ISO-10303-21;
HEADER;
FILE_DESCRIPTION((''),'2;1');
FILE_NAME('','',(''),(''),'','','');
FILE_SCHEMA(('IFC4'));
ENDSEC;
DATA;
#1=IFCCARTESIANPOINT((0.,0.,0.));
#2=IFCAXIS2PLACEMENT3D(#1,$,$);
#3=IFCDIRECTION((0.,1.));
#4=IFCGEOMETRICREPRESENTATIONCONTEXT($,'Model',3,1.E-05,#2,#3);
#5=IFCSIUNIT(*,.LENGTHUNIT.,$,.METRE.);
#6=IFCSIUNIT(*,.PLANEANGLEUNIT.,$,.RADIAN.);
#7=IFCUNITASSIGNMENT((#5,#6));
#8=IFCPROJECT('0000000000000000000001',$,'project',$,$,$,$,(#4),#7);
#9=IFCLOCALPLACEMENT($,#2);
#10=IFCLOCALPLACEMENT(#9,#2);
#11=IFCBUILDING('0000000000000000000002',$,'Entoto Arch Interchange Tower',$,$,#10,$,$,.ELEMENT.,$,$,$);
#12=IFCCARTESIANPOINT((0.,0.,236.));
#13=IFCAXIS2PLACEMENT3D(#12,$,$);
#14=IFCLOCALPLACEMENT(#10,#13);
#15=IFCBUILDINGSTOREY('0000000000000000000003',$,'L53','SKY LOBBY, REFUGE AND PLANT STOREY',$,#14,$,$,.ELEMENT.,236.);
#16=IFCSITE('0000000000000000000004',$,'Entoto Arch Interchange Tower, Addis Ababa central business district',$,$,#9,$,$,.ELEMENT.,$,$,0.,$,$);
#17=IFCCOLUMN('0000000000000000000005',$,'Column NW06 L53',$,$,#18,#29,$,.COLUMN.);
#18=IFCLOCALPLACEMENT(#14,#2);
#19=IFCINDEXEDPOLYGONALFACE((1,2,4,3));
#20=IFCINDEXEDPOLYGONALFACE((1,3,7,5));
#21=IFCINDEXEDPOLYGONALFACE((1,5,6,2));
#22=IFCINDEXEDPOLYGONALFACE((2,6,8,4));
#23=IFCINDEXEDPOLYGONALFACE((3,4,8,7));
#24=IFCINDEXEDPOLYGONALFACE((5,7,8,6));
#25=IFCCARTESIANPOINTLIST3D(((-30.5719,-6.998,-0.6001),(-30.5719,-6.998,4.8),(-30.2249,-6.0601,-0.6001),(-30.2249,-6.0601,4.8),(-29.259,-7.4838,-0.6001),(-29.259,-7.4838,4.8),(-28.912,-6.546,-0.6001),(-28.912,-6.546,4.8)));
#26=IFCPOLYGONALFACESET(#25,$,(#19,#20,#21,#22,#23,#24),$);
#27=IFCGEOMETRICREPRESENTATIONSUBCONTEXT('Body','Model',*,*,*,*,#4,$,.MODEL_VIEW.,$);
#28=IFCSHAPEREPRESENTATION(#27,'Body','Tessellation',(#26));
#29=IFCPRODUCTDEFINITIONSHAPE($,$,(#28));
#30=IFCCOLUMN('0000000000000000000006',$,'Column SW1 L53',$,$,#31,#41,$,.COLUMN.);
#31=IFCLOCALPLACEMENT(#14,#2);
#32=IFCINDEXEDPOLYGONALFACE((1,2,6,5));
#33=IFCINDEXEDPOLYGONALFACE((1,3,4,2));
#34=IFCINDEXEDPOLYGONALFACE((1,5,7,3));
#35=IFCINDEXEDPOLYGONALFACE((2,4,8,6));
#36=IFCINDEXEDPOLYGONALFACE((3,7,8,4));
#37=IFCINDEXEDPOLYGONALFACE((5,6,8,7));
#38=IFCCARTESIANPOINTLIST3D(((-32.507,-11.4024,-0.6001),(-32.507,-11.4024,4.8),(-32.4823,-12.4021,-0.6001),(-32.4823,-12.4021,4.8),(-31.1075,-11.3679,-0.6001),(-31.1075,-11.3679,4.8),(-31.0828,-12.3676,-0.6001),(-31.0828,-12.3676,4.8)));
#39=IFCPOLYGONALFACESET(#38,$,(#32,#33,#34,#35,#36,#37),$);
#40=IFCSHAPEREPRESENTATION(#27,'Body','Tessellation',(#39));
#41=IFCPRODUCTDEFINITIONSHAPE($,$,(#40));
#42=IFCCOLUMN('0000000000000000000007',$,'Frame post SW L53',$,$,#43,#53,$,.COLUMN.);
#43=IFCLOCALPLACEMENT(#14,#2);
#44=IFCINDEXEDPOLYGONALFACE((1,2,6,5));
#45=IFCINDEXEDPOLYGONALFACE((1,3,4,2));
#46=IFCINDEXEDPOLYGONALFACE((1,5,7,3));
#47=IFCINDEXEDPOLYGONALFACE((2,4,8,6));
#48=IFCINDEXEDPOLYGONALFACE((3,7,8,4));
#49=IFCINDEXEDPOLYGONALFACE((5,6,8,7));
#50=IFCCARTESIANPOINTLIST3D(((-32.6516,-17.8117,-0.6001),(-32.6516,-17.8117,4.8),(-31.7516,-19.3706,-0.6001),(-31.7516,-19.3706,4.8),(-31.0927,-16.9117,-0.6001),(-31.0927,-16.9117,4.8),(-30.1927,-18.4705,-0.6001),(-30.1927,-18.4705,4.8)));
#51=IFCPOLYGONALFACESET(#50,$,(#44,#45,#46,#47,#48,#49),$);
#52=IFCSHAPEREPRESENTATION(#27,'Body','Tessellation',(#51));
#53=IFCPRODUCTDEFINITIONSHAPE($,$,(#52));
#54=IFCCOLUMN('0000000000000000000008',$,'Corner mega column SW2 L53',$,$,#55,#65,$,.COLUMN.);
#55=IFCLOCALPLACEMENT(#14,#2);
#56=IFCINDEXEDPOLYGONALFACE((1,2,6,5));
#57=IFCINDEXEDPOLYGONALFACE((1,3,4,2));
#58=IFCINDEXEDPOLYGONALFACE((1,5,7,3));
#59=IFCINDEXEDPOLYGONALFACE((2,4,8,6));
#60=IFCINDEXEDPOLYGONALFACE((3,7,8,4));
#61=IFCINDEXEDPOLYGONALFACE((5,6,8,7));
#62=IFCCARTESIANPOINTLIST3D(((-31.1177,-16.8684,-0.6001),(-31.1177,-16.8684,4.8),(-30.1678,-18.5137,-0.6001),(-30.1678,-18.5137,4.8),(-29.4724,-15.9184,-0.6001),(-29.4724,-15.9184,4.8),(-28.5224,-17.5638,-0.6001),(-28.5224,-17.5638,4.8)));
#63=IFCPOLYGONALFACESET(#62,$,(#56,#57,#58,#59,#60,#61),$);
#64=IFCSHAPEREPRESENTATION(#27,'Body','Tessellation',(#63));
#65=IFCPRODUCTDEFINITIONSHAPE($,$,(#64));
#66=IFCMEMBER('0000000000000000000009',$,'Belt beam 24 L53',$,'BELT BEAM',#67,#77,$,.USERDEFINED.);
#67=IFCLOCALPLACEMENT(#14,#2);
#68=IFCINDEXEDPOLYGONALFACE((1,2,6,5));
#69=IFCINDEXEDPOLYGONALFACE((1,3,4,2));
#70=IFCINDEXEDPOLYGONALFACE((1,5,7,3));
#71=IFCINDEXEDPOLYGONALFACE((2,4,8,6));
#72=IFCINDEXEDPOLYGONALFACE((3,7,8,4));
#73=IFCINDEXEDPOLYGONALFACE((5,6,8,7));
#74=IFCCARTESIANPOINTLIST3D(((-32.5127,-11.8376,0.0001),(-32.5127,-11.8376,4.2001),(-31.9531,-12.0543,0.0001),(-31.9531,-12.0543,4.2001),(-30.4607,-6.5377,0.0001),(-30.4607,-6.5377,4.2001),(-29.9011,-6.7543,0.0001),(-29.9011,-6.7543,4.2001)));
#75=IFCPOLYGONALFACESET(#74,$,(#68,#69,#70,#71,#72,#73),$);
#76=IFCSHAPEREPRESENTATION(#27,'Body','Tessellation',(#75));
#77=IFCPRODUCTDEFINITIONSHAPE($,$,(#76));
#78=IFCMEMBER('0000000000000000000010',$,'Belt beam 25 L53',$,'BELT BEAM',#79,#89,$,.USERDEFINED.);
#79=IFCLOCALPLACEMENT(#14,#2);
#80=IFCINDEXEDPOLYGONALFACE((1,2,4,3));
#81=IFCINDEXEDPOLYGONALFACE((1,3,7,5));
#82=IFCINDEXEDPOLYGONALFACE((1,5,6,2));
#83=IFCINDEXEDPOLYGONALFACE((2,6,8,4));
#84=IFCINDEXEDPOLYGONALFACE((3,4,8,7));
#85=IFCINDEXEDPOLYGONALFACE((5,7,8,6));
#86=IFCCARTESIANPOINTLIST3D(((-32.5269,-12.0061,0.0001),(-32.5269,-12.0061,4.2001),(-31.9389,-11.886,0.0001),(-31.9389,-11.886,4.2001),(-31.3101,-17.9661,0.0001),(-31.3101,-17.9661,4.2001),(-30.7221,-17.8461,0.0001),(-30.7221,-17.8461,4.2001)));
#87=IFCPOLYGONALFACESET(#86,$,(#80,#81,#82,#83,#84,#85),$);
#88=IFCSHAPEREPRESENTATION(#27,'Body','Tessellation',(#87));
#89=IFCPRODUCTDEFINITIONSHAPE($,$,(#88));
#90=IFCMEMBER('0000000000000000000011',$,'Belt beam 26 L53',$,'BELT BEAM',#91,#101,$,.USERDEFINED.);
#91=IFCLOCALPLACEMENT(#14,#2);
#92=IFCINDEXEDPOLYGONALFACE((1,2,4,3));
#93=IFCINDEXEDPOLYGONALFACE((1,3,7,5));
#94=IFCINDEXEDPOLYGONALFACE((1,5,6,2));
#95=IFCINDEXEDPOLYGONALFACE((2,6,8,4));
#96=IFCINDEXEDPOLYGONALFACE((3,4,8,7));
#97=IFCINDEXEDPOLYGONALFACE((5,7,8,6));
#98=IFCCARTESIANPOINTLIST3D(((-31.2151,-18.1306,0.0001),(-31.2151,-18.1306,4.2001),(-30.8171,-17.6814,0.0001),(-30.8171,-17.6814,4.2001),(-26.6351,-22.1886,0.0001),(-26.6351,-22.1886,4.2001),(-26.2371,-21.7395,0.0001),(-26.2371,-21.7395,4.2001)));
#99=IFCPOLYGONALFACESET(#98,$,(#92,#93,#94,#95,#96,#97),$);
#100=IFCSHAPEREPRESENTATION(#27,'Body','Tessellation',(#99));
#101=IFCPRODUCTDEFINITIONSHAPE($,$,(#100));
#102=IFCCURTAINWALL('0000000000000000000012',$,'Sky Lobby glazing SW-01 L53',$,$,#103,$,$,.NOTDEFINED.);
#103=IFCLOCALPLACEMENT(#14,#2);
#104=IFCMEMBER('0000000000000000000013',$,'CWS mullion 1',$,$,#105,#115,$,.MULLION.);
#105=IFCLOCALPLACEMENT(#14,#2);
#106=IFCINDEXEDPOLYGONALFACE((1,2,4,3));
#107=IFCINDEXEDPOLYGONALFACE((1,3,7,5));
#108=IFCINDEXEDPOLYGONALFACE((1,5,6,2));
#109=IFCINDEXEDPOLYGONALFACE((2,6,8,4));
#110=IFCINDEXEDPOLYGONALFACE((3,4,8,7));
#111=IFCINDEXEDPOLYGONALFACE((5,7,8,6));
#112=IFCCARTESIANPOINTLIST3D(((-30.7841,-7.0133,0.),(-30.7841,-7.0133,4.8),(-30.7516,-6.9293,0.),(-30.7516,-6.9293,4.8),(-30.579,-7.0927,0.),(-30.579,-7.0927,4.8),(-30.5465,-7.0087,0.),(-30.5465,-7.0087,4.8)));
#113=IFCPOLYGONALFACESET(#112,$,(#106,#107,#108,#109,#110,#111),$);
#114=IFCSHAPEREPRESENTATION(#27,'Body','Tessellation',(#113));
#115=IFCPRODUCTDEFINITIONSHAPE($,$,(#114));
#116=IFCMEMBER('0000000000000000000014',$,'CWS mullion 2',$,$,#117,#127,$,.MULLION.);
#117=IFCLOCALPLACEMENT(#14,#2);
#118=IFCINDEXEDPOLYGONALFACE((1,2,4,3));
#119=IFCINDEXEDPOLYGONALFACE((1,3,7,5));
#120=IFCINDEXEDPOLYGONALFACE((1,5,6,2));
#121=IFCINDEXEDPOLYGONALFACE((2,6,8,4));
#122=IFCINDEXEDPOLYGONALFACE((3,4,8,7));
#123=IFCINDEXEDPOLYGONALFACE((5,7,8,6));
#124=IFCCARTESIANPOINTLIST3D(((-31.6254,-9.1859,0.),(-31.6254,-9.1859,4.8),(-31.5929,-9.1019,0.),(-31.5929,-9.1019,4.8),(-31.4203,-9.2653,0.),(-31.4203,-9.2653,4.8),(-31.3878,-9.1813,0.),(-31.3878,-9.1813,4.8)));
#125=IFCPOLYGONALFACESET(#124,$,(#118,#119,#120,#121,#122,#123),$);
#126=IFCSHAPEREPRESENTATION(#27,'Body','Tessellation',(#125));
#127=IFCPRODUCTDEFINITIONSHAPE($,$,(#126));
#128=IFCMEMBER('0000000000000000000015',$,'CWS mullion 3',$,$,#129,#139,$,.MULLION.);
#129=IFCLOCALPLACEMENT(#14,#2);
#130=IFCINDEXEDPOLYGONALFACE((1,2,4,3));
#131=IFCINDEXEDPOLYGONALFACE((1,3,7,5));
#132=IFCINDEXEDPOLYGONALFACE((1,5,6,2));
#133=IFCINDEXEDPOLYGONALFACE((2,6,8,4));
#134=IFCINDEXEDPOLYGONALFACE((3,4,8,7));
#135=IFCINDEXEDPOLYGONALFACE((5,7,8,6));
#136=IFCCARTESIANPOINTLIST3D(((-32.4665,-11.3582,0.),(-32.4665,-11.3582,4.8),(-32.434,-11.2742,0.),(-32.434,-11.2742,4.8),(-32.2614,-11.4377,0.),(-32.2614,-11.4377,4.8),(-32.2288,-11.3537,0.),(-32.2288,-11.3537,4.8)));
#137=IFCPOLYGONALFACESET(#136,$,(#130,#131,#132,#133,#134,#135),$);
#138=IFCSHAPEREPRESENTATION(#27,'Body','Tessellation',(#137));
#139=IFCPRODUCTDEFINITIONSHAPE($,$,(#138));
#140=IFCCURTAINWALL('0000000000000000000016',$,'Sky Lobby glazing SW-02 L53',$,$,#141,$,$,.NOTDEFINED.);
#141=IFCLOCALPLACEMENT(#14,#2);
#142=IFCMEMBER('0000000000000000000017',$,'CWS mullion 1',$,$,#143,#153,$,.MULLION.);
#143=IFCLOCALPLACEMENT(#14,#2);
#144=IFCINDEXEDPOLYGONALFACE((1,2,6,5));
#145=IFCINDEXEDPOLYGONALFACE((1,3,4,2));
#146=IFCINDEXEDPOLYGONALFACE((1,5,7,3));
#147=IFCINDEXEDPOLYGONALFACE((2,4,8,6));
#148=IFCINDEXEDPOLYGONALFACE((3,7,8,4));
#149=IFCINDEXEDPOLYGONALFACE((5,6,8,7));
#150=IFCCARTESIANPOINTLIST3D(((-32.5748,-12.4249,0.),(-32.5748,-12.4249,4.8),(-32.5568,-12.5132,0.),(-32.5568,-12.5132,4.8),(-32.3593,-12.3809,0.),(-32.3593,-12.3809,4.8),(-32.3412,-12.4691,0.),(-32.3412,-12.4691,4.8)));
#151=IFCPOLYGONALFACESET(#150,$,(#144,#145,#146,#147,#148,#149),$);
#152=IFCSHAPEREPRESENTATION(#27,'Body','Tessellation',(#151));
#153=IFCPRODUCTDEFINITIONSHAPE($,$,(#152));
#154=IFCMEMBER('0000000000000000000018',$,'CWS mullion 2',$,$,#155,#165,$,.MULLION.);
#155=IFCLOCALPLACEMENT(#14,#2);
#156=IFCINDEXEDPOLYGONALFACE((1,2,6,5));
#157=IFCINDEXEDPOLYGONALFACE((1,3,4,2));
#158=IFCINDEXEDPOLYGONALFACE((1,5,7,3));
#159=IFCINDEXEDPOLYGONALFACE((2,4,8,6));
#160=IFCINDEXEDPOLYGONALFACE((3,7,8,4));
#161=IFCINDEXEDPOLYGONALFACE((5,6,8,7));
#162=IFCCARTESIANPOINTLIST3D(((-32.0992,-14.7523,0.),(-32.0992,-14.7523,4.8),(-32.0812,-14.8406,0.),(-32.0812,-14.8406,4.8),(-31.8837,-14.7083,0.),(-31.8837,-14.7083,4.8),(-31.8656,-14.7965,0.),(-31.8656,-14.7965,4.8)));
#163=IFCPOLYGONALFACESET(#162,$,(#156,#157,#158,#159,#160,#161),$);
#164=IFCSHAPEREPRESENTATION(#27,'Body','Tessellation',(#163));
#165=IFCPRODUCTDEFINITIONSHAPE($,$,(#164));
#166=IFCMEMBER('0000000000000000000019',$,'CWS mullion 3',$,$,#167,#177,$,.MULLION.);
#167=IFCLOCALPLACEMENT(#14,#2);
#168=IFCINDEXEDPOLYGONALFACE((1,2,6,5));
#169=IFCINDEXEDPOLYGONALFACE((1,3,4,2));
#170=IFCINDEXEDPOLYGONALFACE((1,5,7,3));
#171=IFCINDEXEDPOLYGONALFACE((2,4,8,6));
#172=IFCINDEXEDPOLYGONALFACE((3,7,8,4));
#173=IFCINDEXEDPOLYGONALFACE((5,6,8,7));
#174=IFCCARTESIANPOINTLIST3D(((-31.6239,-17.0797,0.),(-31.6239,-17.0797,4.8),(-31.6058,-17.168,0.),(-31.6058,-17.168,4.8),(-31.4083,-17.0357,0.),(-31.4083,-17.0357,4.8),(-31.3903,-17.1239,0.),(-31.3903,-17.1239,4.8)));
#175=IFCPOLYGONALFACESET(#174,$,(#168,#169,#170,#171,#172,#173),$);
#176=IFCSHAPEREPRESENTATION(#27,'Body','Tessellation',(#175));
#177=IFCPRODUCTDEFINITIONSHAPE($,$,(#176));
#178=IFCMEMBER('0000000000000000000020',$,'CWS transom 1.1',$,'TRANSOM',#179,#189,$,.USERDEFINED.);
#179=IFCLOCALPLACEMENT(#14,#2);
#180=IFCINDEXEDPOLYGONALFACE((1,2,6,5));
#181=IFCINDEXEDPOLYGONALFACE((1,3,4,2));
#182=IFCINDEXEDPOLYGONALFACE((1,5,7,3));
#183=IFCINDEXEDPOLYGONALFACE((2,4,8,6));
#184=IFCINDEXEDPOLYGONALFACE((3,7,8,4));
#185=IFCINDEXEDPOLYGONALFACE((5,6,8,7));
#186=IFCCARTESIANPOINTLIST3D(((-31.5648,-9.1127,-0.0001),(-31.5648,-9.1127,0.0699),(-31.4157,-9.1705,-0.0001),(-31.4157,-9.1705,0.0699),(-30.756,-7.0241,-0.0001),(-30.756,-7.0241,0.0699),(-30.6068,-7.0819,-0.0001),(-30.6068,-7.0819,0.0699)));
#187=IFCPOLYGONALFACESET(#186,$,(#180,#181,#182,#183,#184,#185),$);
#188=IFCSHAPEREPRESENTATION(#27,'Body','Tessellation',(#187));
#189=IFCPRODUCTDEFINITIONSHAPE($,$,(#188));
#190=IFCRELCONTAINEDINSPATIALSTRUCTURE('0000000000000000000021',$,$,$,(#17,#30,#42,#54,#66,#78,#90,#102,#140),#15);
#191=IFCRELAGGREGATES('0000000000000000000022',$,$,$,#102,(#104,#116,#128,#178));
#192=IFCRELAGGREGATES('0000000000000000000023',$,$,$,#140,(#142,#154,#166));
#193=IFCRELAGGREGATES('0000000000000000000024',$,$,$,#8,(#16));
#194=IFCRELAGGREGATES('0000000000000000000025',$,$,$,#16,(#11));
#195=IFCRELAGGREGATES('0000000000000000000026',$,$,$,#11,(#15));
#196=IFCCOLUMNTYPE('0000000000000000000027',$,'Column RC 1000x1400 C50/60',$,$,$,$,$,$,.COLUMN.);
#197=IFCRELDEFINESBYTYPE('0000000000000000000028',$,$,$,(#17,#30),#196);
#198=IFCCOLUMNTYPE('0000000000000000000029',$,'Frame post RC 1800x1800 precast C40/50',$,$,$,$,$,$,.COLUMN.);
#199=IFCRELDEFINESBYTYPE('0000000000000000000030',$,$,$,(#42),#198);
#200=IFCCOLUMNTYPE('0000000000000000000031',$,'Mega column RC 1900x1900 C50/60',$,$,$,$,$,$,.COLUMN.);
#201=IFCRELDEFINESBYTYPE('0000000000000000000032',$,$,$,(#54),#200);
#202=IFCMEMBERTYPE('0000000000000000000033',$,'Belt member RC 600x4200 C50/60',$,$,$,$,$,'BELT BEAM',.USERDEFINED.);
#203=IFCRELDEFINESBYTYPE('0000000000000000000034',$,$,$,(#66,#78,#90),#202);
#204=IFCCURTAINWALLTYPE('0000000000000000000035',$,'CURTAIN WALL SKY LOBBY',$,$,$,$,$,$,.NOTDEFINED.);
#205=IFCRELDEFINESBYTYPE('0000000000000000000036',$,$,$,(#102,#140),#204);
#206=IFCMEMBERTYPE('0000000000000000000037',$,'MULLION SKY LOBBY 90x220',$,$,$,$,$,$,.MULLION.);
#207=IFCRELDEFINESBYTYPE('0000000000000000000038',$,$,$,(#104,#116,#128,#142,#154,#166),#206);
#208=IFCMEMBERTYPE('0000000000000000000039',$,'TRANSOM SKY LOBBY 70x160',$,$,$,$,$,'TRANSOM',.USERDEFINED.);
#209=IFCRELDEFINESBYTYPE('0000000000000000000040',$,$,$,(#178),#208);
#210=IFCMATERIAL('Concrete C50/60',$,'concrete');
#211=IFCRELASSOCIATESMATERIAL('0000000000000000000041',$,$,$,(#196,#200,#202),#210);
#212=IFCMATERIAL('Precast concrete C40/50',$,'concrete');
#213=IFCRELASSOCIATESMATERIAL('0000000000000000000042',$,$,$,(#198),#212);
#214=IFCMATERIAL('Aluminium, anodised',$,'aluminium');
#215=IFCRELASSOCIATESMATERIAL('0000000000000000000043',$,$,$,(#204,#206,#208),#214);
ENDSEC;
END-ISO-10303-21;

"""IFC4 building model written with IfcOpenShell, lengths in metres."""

from ifc_helpers import new_model, si_unit, direction, frame, origin, origin_2d, place, context, subcontext, project, spatial, rectangle, extrude, material, material_profile, profile_set, type_object, element, aggregate, save


model = new_model("IFC4")

# Units and contexts
model_context = context("Model", 3, precision=1e-05, world=origin(), true_north=direction((0.0, 1.0)))
body_context = subcontext(model_context, "Body", "Model", "MODEL_VIEW")
ifc_project = project(units=[si_unit("LENGTHUNIT", "METRE"), si_unit("PLANEANGLEUNIT", "RADIAN")], contexts=[model_context])

# Site, building, storey
site_placement = place(None, origin())
site = spatial("IfcSite", under=ifc_project, at=site_placement, Name="Entoto Arch Interchange Tower, Addis Ababa central business district", CompositionType="ELEMENT", RefElevation=0.0)
building_placement = place(site_placement, origin())
building = spatial("IfcBuilding", under=site, at=building_placement, Name="Entoto Arch Interchange Tower", CompositionType="ELEMENT")
storey_placement = place(building_placement, frame((0.0, 0.0, 236.0)))
storey = spatial("IfcBuildingStorey", under=building, at=storey_placement, Name="L53", Description="SKY LOBBY, REFUGE AND PLANT STOREY", CompositionType="ELEMENT", Elevation=236.0)

# Columns
ifc_material_1 = material(Name="Concrete C50/60", Category="concrete")
ifc_material_profile_1 = material_profile(ifc_material_1, rectangle(XDim=1.0, YDim=1.3999, at=origin_2d()))
ifc_profile_set_1 = profile_set([ifc_material_profile_1], Name="Concrete C50/60")
column_type_1 = type_object("IfcColumnType", Name="Column RC 1000x1400 C50/60", PredefinedType="COLUMN", material=ifc_profile_set_1)
for number, where, z_axis, x_axis, name in (
    (1, (-29.7419, -6.772, -0.6001), (0.0, 0.0, 1.0), (0.347067, 0.93784, 0.0), "Column NW06 L53"),
    (2, (-31.7949, -11.885, -0.6001), (0.0, 0.0, 1.0), (-0.024676, 0.999695, 0.0), "Column SW1 L53"),
):
    element("IfcColumn", number, at=place(storey_placement, frame(where, z_axis=z_axis, x_axis=x_axis)), inside=storey, type_object=column_type_1, Name=name, PredefinedType="COLUMN", context=body_context, shape_type="SweptSolid", body=[
        extrude(rectangle(XDim=1.0, YDim=1.3999, at=origin_2d()), origin(), (0.0, 0.0, 1.0), 5.4001),
    ])
ifc_material_2 = material(Name="Precast concrete C40/50", Category="concrete")
ifc_material_profile_2 = material_profile(ifc_material_2, rectangle(XDim=1.8, YDim=1.8, at=origin_2d()))
ifc_profile_set_2 = profile_set([ifc_material_profile_2], Name="Precast concrete C40/50")
column_type_2 = type_object("IfcColumnType", Name="Frame post RC 1800x1800 precast C40/50", PredefinedType="COLUMN", material=ifc_profile_set_2)
column_1_placement = place(storey_placement, frame((-31.4221, -18.1411, -0.6001), z_axis=(0.0, 0.0, 1.0), x_axis=(0.866025, 0.5, 0.0)))
element("IfcColumn", 3, at=column_1_placement, inside=storey, type_object=column_type_2, Name="Frame post SW L53", PredefinedType="COLUMN", context=body_context, shape_type="SweptSolid", body=[
    extrude(rectangle(XDim=1.8, YDim=1.8, at=origin_2d()), origin(), (0.0, 0.0, 1.0), 5.4001),
])
ifc_material_profile_3 = material_profile(ifc_material_1, rectangle(XDim=1.8999, YDim=1.8999, at=origin_2d()))
ifc_profile_set_3 = profile_set([ifc_material_profile_3], Name="Concrete C50/60")
column_type_3 = type_object("IfcColumnType", Name="Mega column RC 1900x1900 C50/60", PredefinedType="COLUMN", material=ifc_profile_set_3)
column_2_placement = place(storey_placement, frame((-29.8201, -17.2161, -0.6001), z_axis=(0.0, 0.0, 1.0), x_axis=(0.866025, 0.5, 0.0)))
element("IfcColumn", 4, at=column_2_placement, inside=storey, type_object=column_type_3, Name="Corner mega column SW2 L53", PredefinedType="COLUMN", context=body_context, shape_type="SweptSolid", body=[
    extrude(rectangle(XDim=1.8999, YDim=1.8999, at=origin_2d()), origin(), (0.0, 0.0, 1.0), 5.4001),
])

# Members
ifc_material_profile_4 = material_profile(ifc_material_1, rectangle(XDim=0.6001, YDim=4.2, at=origin_2d()))
ifc_profile_set_4 = profile_set([ifc_material_profile_4], Name="Concrete C50/60")
member_type_1 = type_object("IfcMemberType", Name="Belt member RC 600x4200 C50/60", ElementType="BELT BEAM", PredefinedType="USERDEFINED", material=ifc_profile_set_4)
member_1_placement = place(storey_placement, frame((-30.1809, -6.646, 2.1001), z_axis=(-0.361051, -0.932546, 0.0), x_axis=(0.932546, -0.361051, 0.0)))
element("IfcMember", 5, at=member_1_placement, inside=storey, type_object=member_type_1, Name="Belt beam 24 L53", ObjectType="BELT BEAM", PredefinedType="USERDEFINED", context=body_context, shape_type="SweptSolid", body=[
    extrude(rectangle(XDim=0.6001, YDim=4.2, at=origin_2d()), origin(), (0.0, 0.0, 1.0), 5.6833),
])
member_2_placement = place(storey_placement, frame((-32.2329, -11.946, 2.1001), z_axis=(0.200036, -0.979789, 0.0), x_axis=(0.979789, 0.200036, 0.0)))
element("IfcMember", 6, at=member_2_placement, inside=storey, type_object=member_type_1, Name="Belt beam 25 L53", ObjectType="BELT BEAM", PredefinedType="USERDEFINED", context=body_context, shape_type="SweptSolid", body=[
    extrude(rectangle(XDim=0.6001, YDim=4.2, at=origin_2d()), origin(), (0.0, 0.0, 1.0), 6.083),
])
member_3_placement = place(storey_placement, frame((-31.0161, -17.906, 2.1001), z_axis=(0.748469, -0.663169, 0.0), x_axis=(0.663169, 0.748469, 0.0)))
element("IfcMember", 7, at=member_3_placement, inside=storey, type_object=member_type_1, Name="Belt beam 26 L53", ObjectType="BELT BEAM", PredefinedType="USERDEFINED", context=body_context, shape_type="SweptSolid", body=[
    extrude(rectangle(XDim=0.6001, YDim=4.2, at=origin_2d()), origin(), (0.0, 0.0, 1.0), 6.1191),
])

# Curtain walls, members
ifc_material_3 = material(Name="Aluminium, anodised", Category="aluminium")
curtain_wall_type = type_object("IfcCurtainWallType", Name="CURTAIN WALL SKY LOBBY", PredefinedType="NOTDEFINED", material=ifc_material_3)
curtain_wall_1_placement = place(storey_placement, origin())
curtain_wall_1 = element("IfcCurtainWall", 8, at=curtain_wall_1_placement, inside=storey, type_object=curtain_wall_type, Name="Sky Lobby glazing SW-01 L53", PredefinedType="NOTDEFINED")
ifc_material_profile_5 = material_profile(ifc_material_3, rectangle(XDim=0.22, YDim=0.0901, at=origin_2d()))
ifc_profile_set_5 = profile_set([ifc_material_profile_5], Name="Aluminium, anodised")
member_type_2 = type_object("IfcMemberType", Name="MULLION SKY LOBBY 90x220", PredefinedType="MULLION", material=ifc_profile_set_5)
member_4_placement = place(storey_placement, frame((-30.6653, -7.011, 0.0), z_axis=(0.0, 0.0, 1.0), x_axis=(0.932529, -0.361095, 0.0)))
member_4 = element("IfcMember", 9, at=member_4_placement, type_object=member_type_2, Name="CWS mullion 1", PredefinedType="MULLION", context=body_context, shape_type="SweptSolid", body=[
    extrude(rectangle(XDim=0.22, YDim=0.0901, at=origin_2d()), origin(), (0.0, 0.0, 1.0), 4.8),
])
member_5_placement = place(storey_placement, frame((-31.5066, -9.1836, 0.0), z_axis=(0.0, 0.0, 1.0), x_axis=(0.932529, -0.361095, 0.0)))
member_5 = element("IfcMember", 10, at=member_5_placement, type_object=member_type_2, Name="CWS mullion 2", PredefinedType="MULLION", context=body_context, shape_type="SweptSolid", body=[
    extrude(rectangle(XDim=0.22, YDim=0.0901, at=origin_2d()), origin(), (0.0, 0.0, 1.0), 4.8),
])
member_6_placement = place(storey_placement, frame((-32.3477, -11.356, 0.0), z_axis=(0.0, 0.0, 1.0), x_axis=(0.932529, -0.361095, 0.0)))
member_6 = element("IfcMember", 11, at=member_6_placement, type_object=member_type_2, Name="CWS mullion 3", PredefinedType="MULLION", context=body_context, shape_type="SweptSolid", body=[
    extrude(rectangle(XDim=0.22, YDim=0.0901, at=origin_2d()), origin(), (0.0, 0.0, 1.0), 4.8),
])
curtain_wall_2_placement = place(storey_placement, origin())
curtain_wall_2 = element("IfcCurtainWall", 12, at=curtain_wall_2_placement, inside=storey, type_object=curtain_wall_type, Name="Sky Lobby glazing SW-02 L53", PredefinedType="NOTDEFINED")
member_7_placement = place(storey_placement, frame((-32.458, -12.447, 0.0), z_axis=(0.0, 0.0, 1.0), x_axis=(0.979762, 0.200166, 0.0)))
member_7 = element("IfcMember", 13, at=member_7_placement, type_object=member_type_2, Name="CWS mullion 1", PredefinedType="MULLION", context=body_context, shape_type="SweptSolid", body=[
    extrude(rectangle(XDim=0.22, YDim=0.0901, at=origin_2d()), origin(), (0.0, 0.0, 1.0), 4.8),
])
member_8_placement = place(storey_placement, frame((-31.9824, -14.7744, 0.0), z_axis=(0.0, 0.0, 1.0), x_axis=(0.979762, 0.200166, 0.0)))
member_8 = element("IfcMember", 14, at=member_8_placement, type_object=member_type_2, Name="CWS mullion 2", PredefinedType="MULLION", context=body_context, shape_type="SweptSolid", body=[
    extrude(rectangle(XDim=0.22, YDim=0.0901, at=origin_2d()), origin(), (0.0, 0.0, 1.0), 4.8),
])
member_9_placement = place(storey_placement, frame((-31.5071, -17.1018, 0.0), z_axis=(0.0, 0.0, 1.0), x_axis=(0.979762, 0.200166, 0.0)))
member_9 = element("IfcMember", 15, at=member_9_placement, type_object=member_type_2, Name="CWS mullion 3", PredefinedType="MULLION", context=body_context, shape_type="SweptSolid", body=[
    extrude(rectangle(XDim=0.22, YDim=0.0901, at=origin_2d()), origin(), (0.0, 0.0, 1.0), 4.8),
])

# Member
ifc_material_profile_6 = material_profile(ifc_material_3, rectangle(XDim=0.1599, YDim=0.0701, at=origin_2d()))
ifc_profile_set_6 = profile_set([ifc_material_profile_6], Name="Aluminium, anodised")
member_type_3 = type_object("IfcMemberType", Name="TRANSOM SKY LOBBY 70x160", ElementType="TRANSOM", PredefinedType="USERDEFINED", material=ifc_profile_set_6)
member_10_placement = place(storey_placement, frame((-30.6814, -7.053, 0.0349), z_axis=(-0.361126, -0.932517, 0.0), x_axis=(0.932517, -0.361126, 0.0)))
member_10 = element("IfcMember", 16, at=member_10_placement, type_object=member_type_3, Name="CWS transom 1.1", ObjectType="TRANSOM", PredefinedType="USERDEFINED", context=body_context, shape_type="SweptSolid", body=[
    extrude(rectangle(XDim=0.1599, YDim=0.0701, at=origin_2d()), origin(), (0.0, 0.0, 1.0), 2.2397),
])

aggregate(curtain_wall_1, [member_4, member_5, member_6, member_10])
aggregate(curtain_wall_2, [member_7, member_8, member_9])

save(model, "model.ifc")
